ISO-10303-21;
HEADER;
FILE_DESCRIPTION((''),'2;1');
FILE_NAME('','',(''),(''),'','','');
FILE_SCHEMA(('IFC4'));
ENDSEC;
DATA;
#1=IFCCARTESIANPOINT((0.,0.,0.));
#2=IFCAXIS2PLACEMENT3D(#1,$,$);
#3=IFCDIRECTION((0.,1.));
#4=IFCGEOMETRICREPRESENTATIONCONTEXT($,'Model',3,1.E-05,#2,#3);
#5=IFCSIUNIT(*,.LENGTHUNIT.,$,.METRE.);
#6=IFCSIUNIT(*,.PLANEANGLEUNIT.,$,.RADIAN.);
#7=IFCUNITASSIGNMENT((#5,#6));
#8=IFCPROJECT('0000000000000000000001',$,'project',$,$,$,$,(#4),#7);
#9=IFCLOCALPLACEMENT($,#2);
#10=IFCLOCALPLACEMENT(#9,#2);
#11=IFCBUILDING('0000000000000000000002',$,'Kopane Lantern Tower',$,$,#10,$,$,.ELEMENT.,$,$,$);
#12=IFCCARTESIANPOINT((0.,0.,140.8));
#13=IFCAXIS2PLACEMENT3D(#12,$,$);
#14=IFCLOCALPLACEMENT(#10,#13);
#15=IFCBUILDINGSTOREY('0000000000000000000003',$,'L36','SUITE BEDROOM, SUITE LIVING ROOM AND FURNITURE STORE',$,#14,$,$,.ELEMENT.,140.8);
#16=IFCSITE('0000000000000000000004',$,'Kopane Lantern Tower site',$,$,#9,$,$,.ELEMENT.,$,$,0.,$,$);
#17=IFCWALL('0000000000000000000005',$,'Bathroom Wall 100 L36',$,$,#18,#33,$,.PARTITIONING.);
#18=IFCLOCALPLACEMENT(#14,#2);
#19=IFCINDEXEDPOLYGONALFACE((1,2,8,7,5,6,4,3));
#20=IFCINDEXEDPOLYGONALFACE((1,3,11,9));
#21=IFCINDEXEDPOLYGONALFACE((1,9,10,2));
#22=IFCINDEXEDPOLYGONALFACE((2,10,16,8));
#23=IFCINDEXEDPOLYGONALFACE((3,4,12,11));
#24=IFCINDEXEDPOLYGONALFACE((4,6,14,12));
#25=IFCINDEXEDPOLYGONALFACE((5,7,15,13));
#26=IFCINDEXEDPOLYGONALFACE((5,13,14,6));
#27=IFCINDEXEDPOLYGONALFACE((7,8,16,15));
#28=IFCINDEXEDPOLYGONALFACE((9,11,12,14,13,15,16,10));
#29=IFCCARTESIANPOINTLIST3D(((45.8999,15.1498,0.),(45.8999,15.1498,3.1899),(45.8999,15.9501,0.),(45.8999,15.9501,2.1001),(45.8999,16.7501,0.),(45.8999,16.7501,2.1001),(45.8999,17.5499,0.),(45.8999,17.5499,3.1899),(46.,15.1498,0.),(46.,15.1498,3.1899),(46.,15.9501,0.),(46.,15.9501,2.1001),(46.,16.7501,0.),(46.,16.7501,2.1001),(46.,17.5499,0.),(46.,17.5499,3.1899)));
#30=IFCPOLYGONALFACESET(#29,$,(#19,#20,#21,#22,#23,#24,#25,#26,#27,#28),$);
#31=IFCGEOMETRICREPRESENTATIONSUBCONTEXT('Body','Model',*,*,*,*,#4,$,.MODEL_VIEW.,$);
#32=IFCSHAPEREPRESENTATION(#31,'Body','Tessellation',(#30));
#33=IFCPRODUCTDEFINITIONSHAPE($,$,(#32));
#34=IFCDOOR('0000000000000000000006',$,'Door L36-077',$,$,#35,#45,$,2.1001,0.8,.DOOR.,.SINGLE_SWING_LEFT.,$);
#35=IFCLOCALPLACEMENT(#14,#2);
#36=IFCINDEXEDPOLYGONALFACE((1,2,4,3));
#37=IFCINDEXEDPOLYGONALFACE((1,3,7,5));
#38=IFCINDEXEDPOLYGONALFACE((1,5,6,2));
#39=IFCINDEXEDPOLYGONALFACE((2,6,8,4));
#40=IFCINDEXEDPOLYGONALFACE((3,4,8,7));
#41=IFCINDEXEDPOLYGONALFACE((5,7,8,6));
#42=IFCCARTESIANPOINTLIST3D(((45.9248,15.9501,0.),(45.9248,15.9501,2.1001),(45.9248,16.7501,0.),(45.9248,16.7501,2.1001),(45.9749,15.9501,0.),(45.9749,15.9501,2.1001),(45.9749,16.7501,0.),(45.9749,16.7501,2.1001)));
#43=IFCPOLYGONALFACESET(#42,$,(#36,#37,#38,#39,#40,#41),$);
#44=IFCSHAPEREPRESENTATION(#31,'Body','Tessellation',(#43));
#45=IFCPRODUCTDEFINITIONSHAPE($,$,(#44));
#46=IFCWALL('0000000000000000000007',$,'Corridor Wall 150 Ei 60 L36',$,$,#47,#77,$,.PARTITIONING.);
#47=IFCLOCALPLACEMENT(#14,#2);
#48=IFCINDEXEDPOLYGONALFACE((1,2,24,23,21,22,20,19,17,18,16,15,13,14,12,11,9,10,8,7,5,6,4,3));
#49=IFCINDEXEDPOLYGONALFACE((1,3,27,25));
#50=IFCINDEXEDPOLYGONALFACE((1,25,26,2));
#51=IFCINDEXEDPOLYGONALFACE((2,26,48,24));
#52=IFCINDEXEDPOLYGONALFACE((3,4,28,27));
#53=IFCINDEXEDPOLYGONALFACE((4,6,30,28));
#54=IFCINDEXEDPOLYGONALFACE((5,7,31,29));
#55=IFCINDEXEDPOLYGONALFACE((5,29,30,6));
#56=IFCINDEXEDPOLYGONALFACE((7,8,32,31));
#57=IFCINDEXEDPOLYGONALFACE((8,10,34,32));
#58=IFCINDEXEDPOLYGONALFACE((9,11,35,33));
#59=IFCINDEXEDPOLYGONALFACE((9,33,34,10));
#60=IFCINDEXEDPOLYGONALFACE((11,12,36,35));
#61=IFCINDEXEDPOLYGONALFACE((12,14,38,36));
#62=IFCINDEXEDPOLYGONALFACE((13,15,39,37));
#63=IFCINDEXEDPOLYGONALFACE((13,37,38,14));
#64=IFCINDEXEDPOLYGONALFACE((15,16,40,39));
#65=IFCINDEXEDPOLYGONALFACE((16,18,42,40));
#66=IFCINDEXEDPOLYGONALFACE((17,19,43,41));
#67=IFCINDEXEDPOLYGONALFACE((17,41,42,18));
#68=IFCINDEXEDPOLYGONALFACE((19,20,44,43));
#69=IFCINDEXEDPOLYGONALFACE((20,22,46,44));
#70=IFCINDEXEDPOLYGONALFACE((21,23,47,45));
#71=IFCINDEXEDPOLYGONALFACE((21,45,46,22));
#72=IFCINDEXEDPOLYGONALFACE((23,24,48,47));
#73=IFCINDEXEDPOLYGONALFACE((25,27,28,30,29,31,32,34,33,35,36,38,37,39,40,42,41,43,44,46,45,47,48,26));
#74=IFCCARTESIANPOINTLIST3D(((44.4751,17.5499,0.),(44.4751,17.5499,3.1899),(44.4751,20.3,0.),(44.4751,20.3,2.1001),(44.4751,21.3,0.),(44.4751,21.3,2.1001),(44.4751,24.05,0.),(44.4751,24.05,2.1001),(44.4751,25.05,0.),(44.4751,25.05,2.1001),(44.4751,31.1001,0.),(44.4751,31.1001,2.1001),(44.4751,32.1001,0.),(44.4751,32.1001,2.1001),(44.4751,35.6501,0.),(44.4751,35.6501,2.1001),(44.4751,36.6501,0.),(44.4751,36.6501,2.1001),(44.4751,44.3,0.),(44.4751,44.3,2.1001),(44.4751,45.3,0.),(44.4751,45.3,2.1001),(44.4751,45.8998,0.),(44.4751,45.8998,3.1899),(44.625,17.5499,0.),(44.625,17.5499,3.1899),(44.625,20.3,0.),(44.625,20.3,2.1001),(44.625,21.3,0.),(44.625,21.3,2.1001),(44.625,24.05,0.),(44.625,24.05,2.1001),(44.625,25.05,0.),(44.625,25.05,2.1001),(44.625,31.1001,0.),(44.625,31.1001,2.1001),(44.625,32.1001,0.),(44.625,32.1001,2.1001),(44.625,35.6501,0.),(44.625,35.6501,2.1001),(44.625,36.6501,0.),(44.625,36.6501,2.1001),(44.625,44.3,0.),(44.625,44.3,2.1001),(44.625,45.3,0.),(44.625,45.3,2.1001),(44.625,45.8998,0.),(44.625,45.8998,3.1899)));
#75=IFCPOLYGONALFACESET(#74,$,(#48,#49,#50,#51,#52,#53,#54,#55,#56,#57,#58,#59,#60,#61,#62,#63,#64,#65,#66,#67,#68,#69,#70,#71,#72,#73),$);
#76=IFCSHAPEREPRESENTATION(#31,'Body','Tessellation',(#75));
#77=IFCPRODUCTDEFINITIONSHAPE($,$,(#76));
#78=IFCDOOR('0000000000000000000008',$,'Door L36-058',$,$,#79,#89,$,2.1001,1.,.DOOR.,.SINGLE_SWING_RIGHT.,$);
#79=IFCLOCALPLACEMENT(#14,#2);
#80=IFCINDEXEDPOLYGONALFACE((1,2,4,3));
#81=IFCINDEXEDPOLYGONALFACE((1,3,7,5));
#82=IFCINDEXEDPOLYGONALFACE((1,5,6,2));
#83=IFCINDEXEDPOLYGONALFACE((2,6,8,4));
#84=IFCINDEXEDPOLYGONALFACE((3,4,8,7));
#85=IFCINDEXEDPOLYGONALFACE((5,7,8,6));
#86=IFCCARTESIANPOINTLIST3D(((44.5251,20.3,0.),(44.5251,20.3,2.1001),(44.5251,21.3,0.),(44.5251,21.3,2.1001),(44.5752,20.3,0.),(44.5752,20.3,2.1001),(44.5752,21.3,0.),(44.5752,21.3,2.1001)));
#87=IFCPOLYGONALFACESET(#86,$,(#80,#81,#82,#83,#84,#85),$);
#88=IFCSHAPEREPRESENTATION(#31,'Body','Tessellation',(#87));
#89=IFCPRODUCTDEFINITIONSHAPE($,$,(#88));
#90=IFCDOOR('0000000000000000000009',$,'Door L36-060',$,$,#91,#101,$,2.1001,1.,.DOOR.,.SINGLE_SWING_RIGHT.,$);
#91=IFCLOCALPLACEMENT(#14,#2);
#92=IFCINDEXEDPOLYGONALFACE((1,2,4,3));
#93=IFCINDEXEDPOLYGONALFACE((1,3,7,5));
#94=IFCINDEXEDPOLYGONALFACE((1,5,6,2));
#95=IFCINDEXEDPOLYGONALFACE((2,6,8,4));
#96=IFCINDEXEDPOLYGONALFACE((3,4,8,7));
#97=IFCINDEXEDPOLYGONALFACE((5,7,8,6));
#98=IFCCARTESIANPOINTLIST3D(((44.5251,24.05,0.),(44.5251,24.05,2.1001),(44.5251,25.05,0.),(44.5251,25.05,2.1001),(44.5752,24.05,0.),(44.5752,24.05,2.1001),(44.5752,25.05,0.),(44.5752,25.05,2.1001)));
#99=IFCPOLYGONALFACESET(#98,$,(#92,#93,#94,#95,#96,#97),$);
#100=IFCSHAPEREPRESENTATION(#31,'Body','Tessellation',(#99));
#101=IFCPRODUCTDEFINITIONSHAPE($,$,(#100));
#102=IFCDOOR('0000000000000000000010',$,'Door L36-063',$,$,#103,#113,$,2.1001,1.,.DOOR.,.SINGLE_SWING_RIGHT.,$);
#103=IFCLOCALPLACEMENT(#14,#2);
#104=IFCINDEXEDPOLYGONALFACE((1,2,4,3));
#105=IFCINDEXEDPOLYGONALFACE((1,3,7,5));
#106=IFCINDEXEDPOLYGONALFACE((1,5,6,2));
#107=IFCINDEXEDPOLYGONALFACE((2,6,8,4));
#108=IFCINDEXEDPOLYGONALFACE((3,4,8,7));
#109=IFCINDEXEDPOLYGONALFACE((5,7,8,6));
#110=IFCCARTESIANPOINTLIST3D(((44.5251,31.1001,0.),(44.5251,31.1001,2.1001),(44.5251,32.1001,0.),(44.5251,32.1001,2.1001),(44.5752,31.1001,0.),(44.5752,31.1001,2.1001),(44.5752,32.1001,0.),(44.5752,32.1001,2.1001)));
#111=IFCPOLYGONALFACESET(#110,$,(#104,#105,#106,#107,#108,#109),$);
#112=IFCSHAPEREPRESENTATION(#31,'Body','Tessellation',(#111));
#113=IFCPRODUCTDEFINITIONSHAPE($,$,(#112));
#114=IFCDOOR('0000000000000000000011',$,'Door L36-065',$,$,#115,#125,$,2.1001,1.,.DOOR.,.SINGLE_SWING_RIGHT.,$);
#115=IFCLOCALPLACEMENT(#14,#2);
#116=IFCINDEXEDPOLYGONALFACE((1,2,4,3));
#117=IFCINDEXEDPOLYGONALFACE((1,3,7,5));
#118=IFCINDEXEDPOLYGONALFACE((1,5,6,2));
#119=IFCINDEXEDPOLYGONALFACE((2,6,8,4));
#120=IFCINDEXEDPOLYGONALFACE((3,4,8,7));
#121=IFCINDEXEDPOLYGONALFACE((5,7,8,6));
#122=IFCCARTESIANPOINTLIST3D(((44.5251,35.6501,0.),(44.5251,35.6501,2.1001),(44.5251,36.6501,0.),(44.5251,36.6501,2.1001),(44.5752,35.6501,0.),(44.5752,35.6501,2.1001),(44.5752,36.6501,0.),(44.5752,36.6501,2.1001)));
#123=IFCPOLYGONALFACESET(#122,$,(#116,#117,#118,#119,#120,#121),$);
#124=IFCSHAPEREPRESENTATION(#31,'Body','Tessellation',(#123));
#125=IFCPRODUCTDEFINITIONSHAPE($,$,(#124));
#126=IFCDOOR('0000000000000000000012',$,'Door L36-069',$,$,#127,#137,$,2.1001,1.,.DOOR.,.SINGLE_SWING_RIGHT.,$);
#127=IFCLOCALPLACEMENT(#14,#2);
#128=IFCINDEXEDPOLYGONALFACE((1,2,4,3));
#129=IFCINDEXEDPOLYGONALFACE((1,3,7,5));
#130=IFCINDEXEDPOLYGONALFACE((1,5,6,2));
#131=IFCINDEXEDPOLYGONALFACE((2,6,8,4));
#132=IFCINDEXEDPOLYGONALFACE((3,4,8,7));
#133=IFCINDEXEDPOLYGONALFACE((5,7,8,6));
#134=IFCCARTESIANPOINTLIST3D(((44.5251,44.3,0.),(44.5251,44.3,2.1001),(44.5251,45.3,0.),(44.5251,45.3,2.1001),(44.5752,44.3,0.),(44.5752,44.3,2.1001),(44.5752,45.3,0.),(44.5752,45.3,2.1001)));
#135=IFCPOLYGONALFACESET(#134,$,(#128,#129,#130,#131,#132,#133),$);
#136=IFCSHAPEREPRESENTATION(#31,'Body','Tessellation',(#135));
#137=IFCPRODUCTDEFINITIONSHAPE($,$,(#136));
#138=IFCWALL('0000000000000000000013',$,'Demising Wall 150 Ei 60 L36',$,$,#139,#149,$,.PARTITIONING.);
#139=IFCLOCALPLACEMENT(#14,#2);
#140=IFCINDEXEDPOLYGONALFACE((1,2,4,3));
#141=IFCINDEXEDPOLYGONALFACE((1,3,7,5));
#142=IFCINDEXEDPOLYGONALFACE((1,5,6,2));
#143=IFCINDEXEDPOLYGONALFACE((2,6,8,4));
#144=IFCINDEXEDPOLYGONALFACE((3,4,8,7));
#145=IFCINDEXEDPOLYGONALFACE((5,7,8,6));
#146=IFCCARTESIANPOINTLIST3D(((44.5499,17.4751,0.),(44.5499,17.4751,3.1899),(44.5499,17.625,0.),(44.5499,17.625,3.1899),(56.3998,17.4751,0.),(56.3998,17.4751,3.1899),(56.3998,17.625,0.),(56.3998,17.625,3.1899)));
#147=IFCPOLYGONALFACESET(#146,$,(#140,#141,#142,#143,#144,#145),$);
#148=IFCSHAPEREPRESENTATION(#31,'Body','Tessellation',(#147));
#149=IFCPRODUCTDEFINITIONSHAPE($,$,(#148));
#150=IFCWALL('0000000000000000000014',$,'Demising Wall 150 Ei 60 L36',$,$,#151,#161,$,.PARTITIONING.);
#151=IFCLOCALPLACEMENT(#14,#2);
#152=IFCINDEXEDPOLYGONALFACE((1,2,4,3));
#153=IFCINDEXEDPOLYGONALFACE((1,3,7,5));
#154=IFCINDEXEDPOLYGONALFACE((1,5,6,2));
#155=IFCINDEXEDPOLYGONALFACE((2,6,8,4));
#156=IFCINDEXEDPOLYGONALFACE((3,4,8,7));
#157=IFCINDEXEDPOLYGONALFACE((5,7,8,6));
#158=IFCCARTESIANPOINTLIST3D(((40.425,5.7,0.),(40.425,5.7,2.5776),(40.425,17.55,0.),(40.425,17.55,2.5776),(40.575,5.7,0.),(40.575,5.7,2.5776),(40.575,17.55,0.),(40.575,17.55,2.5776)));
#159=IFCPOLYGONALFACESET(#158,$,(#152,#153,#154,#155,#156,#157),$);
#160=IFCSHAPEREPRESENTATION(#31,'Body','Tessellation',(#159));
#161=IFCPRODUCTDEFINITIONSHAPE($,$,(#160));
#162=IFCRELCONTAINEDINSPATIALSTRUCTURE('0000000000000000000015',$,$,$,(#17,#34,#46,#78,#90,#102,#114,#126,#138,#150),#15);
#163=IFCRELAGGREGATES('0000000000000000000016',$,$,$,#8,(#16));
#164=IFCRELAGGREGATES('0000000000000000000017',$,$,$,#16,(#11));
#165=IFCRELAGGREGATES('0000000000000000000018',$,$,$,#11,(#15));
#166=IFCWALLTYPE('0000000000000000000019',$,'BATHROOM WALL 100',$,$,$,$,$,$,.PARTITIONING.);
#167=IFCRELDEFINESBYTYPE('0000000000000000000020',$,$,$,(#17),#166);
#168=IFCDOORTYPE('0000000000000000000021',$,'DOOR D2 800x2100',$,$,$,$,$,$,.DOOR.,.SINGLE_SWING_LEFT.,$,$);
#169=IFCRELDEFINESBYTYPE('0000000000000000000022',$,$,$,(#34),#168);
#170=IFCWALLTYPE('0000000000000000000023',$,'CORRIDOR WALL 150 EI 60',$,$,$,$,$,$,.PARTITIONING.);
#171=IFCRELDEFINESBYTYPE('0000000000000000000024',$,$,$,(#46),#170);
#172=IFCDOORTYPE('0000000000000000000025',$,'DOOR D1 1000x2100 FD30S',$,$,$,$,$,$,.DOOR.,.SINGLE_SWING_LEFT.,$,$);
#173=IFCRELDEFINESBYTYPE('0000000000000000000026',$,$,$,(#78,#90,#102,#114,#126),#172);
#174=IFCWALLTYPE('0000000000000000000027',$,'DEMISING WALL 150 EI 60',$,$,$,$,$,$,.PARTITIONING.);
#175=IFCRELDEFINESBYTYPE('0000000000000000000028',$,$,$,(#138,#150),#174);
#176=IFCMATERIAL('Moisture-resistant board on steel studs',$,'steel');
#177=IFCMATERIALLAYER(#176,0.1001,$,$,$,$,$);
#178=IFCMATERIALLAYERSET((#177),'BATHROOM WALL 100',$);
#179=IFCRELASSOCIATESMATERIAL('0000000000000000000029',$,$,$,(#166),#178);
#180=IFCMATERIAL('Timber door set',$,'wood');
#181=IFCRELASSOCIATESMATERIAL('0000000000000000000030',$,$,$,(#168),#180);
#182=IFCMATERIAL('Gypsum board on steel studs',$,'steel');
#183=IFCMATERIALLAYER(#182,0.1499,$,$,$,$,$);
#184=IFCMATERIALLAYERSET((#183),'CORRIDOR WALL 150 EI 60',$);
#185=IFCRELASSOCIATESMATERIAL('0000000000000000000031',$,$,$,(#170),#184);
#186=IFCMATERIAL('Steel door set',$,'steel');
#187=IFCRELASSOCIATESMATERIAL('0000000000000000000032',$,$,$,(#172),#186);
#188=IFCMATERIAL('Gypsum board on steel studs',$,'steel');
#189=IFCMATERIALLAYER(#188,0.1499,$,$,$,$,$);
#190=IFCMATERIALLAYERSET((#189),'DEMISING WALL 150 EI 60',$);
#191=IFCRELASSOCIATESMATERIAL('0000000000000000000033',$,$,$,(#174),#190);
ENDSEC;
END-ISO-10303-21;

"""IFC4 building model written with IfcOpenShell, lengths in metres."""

from ifc_helpers import new_model, si_unit, direction, frame, frame_2d, origin, place, context, subcontext, project, spatial, rectangle, extrude, material, layer, layer_set, type_object, element, fill, save


model = new_model("IFC4")

# Units and contexts
model_context = context("Model", 3, precision=1e-05, world=origin(), true_north=direction((0.0, 1.0)))
body_context = subcontext(model_context, "Body", "Model", "MODEL_VIEW")
ifc_project = project(units=[si_unit("LENGTHUNIT", "METRE"), si_unit("PLANEANGLEUNIT", "RADIAN")], contexts=[model_context])

# Site, building, storey
site_placement = place(None, origin())
site = spatial("IfcSite", under=ifc_project, at=site_placement, Name="Kopane Lantern Tower site", CompositionType="ELEMENT", RefElevation=0.0)
building_placement = place(site_placement, origin())
building = spatial("IfcBuilding", under=site, at=building_placement, Name="Kopane Lantern Tower", CompositionType="ELEMENT")
storey_placement = place(building_placement, frame((0.0, 0.0, 140.8)))
storey = spatial("IfcBuildingStorey", under=building, at=storey_placement, Name="L36", Description="SUITE BEDROOM, SUITE LIVING ROOM AND FURNITURE STORE", CompositionType="ELEMENT", Elevation=140.8)

# Shared definitions
ifc_material_1 = material(Name="Moisture-resistant board on steel studs", Category="steel")
ifc_layer_1 = layer(ifc_material_1, 0.1001)
ifc_layer_set_1 = layer_set([ifc_layer_1], Name="BATHROOM WALL 100")
wall_type_1 = type_object("IfcWallType", Name="BATHROOM WALL 100", PredefinedType="PARTITIONING", material=ifc_layer_set_1)

# Wall, opening, door
wall_1_placement = place(storey_placement, frame((45.95, 17.55, 0.0), z_axis=(0.0, 0.0, 1.0), x_axis=(0.0, -1.0, 0.0)))
wall_1 = element("IfcWall", 1, at=wall_1_placement, inside=storey, type_object=wall_type_1, Name="Bathroom Wall 100 L36", PredefinedType="PARTITIONING", context=body_context, shape_type="SweptSolid", body=[
    extrude(rectangle(XDim=2.4001, YDim=0.1001, at=frame_2d((1.2002, 0.0))), origin(), (0.0, 0.0, 1.0), 3.1899),
])
opening_1_placement = place(wall_1_placement, frame((0.8, 0.0, 0.0)))
opening_1 = element("IfcOpeningElement", 2, at=opening_1_placement, cuts=wall_1, PredefinedType="OPENING", context=body_context, shape_type="SweptSolid", body=[
    extrude(rectangle(XDim=0.8, YDim=2.1001, at=frame_2d((0.3999, 1.05))), frame((0.0, 0.0601, 0.0), z_axis=(0.0, -1.0, 0.0), x_axis=(1.0, 0.0, 0.0)), (0.0, 0.0, 1.0), 0.1201),
])
ifc_material_2 = material(Name="Timber door set", Category="wood")
door_type_1 = type_object("IfcDoorType", Name="DOOR D2 800x2100", OperationType="SINGLE_SWING_LEFT", PredefinedType="DOOR", material=ifc_material_2)
door_1_placement = place(opening_1_placement, origin())
door_1 = element("IfcDoor", 3, at=door_1_placement, inside=storey, type_object=door_type_1, Name="Door L36-077", OperationType="SINGLE_SWING_LEFT", OverallHeight=2.1001, OverallWidth=0.8, PredefinedType="DOOR", context=body_context, shape_type="SweptSolid", body=[
    extrude(rectangle(XDim=0.8, YDim=2.1001, at=frame_2d((0.3999, 1.05))), frame((0.0, 0.0249, 0.0), z_axis=(0.0, -1.0, 0.0), x_axis=(1.0, 0.0, 0.0)), (0.0, 0.0, 1.0), 0.05),
])
fill(opening_1, door_1)

# Wall, openings, doors
ifc_material_3 = material(Name="Gypsum board on steel studs", Category="steel")
ifc_layer_2 = layer(ifc_material_3, 0.1499)
ifc_layer_set_2 = layer_set([ifc_layer_2], Name="CORRIDOR WALL 150 EI 60")
wall_type_2 = type_object("IfcWallType", Name="CORRIDOR WALL 150 EI 60", PredefinedType="PARTITIONING", material=ifc_layer_set_2)
wall_2_placement = place(storey_placement, frame((44.55, 17.55, 0.0), z_axis=(0.0, 0.0, 1.0), x_axis=(0.0, 1.0, 0.0)))
wall_2 = element("IfcWall", 4, at=wall_2_placement, inside=storey, type_object=wall_type_2, Name="Corridor Wall 150 Ei 60 L36", PredefinedType="PARTITIONING", context=body_context, shape_type="SweptSolid", body=[
    extrude(rectangle(XDim=28.3499, YDim=0.1499, at=frame_2d((14.1748, 0.0))), origin(), (0.0, 0.0, 1.0), 3.1899),
])
opening_2_placement = place(wall_2_placement, frame((2.75, 0.0, 0.0)))
opening_2 = element("IfcOpeningElement", 5, at=opening_2_placement, cuts=wall_2, PredefinedType="OPENING", context=body_context, shape_type="SweptSolid", body=[
    extrude(rectangle(XDim=1.0, YDim=2.1001, at=frame_2d((0.5, 1.05))), frame((0.0, 0.085, 0.0), z_axis=(0.0, -1.0, 0.0), x_axis=(1.0, 0.0, 0.0)), (0.0, 0.0, 1.0), 0.1699),
])
opening_3_placement = place(wall_2_placement, frame((6.5, 0.0, 0.0)))
opening_3 = element("IfcOpeningElement", 6, at=opening_3_placement, cuts=wall_2, PredefinedType="OPENING", context=body_context, shape_type="SweptSolid", body=[
    extrude(rectangle(XDim=1.0, YDim=2.1001, at=frame_2d((0.5, 1.05))), frame((0.0, 0.085, 0.0), z_axis=(0.0, -1.0, 0.0), x_axis=(1.0, 0.0, 0.0)), (0.0, 0.0, 1.0), 0.1699),
])
opening_4_placement = place(wall_2_placement, frame((13.55, 0.0, 0.0)))
opening_4 = element("IfcOpeningElement", 7, at=opening_4_placement, cuts=wall_2, PredefinedType="OPENING", context=body_context, shape_type="SweptSolid", body=[
    extrude(rectangle(XDim=1.0, YDim=2.1001, at=frame_2d((0.5, 1.05))), frame((0.0, 0.085, 0.0), z_axis=(0.0, -1.0, 0.0), x_axis=(1.0, 0.0, 0.0)), (0.0, 0.0, 1.0), 0.1699),
])
opening_5_placement = place(wall_2_placement, frame((18.1001, 0.0, 0.0)))
opening_5 = element("IfcOpeningElement", 8, at=opening_5_placement, cuts=wall_2, PredefinedType="OPENING", context=body_context, shape_type="SweptSolid", body=[
    extrude(rectangle(XDim=1.0, YDim=2.1001, at=frame_2d((0.5, 1.05))), frame((0.0, 0.085, 0.0), z_axis=(0.0, -1.0, 0.0), x_axis=(1.0, 0.0, 0.0)), (0.0, 0.0, 1.0), 0.1699),
])
opening_6_placement = place(wall_2_placement, frame((26.75, 0.0, 0.0)))
opening_6 = element("IfcOpeningElement", 9, at=opening_6_placement, cuts=wall_2, PredefinedType="OPENING", context=body_context, shape_type="SweptSolid", body=[
    extrude(rectangle(XDim=1.0, YDim=2.1001, at=frame_2d((0.5, 1.05))), frame((0.0, 0.085, 0.0), z_axis=(0.0, -1.0, 0.0), x_axis=(1.0, 0.0, 0.0)), (0.0, 0.0, 1.0), 0.1699),
])
ifc_material_4 = material(Name="Steel door set", Category="steel")
door_type_2 = type_object("IfcDoorType", Name="DOOR D1 1000x2100 FD30S", OperationType="SINGLE_SWING_LEFT", PredefinedType="DOOR", material=ifc_material_4)
door_2_placement = place(opening_2_placement, origin())
door_2 = element("IfcDoor", 10, at=door_2_placement, inside=storey, type_object=door_type_2, Name="Door L36-058", OperationType="SINGLE_SWING_RIGHT", OverallHeight=2.1001, OverallWidth=1.0, PredefinedType="DOOR", context=body_context, shape_type="SweptSolid", body=[
    extrude(rectangle(XDim=1.0, YDim=2.1001, at=frame_2d((0.5, 1.05))), frame((0.0, 0.0249, 0.0), z_axis=(0.0, -1.0, 0.0), x_axis=(1.0, 0.0, 0.0)), (0.0, 0.0, 1.0), 0.05),
])
fill(opening_2, door_2)
door_3_placement = place(opening_3_placement, origin())
door_3 = element("IfcDoor", 11, at=door_3_placement, inside=storey, type_object=door_type_2, Name="Door L36-060", OperationType="SINGLE_SWING_RIGHT", OverallHeight=2.1001, OverallWidth=1.0, PredefinedType="DOOR", context=body_context, shape_type="SweptSolid", body=[
    extrude(rectangle(XDim=1.0, YDim=2.1001, at=frame_2d((0.5, 1.05))), frame((0.0, 0.0249, 0.0), z_axis=(0.0, -1.0, 0.0), x_axis=(1.0, 0.0, 0.0)), (0.0, 0.0, 1.0), 0.05),
])
fill(opening_3, door_3)
door_4_placement = place(opening_4_placement, origin())
door_4 = element("IfcDoor", 12, at=door_4_placement, inside=storey, type_object=door_type_2, Name="Door L36-063", OperationType="SINGLE_SWING_RIGHT", OverallHeight=2.1001, OverallWidth=1.0, PredefinedType="DOOR", context=body_context, shape_type="SweptSolid", body=[
    extrude(rectangle(XDim=1.0, YDim=2.1001, at=frame_2d((0.5, 1.05))), frame((0.0, 0.0249, 0.0), z_axis=(0.0, -1.0, 0.0), x_axis=(1.0, 0.0, 0.0)), (0.0, 0.0, 1.0), 0.05),
])
fill(opening_4, door_4)
door_5_placement = place(opening_5_placement, origin())
door_5 = element("IfcDoor", 13, at=door_5_placement, inside=storey, type_object=door_type_2, Name="Door L36-065", OperationType="SINGLE_SWING_RIGHT", OverallHeight=2.1001, OverallWidth=1.0, PredefinedType="DOOR", context=body_context, shape_type="SweptSolid", body=[
    extrude(rectangle(XDim=1.0, YDim=2.1001, at=frame_2d((0.5, 1.05))), frame((0.0, 0.0249, 0.0), z_axis=(0.0, -1.0, 0.0), x_axis=(1.0, 0.0, 0.0)), (0.0, 0.0, 1.0), 0.05),
])
fill(opening_5, door_5)
door_6_placement = place(opening_6_placement, origin())
door_6 = element("IfcDoor", 14, at=door_6_placement, inside=storey, type_object=door_type_2, Name="Door L36-069", OperationType="SINGLE_SWING_RIGHT", OverallHeight=2.1001, OverallWidth=1.0, PredefinedType="DOOR", context=body_context, shape_type="SweptSolid", body=[
    extrude(rectangle(XDim=1.0, YDim=2.1001, at=frame_2d((0.5, 1.05))), frame((0.0, 0.0249, 0.0), z_axis=(0.0, -1.0, 0.0), x_axis=(1.0, 0.0, 0.0)), (0.0, 0.0, 1.0), 0.05),
])
fill(opening_6, door_6)

# Walls
ifc_material_5 = material(Name="Gypsum board on steel studs", Category="steel")
ifc_layer_3 = layer(ifc_material_5, 0.1499)
ifc_layer_set_3 = layer_set([ifc_layer_3], Name="DEMISING WALL 150 EI 60")
wall_type_3 = type_object("IfcWallType", Name="DEMISING WALL 150 EI 60", PredefinedType="PARTITIONING", material=ifc_layer_set_3)
wall_3_placement = place(storey_placement, frame((44.55, 17.55, 0.0), z_axis=(0.0, 0.0, 1.0), x_axis=(1.0, 0.0, 0.0)))
element("IfcWall", 15, at=wall_3_placement, inside=storey, type_object=wall_type_3, Name="Demising Wall 150 Ei 60 L36", PredefinedType="PARTITIONING", context=body_context, shape_type="SweptSolid", body=[
    extrude(rectangle(XDim=11.8499, YDim=0.1499, at=frame_2d((5.9248, 0.0))), origin(), (0.0, 0.0, 1.0), 3.1899),
])
wall_4_placement = place(storey_placement, frame((40.5, 17.55, 0.0), z_axis=(0.0, 0.0, 1.0), x_axis=(0.0, -1.0, 0.0)))
element("IfcWall", 16, at=wall_4_placement, inside=storey, type_object=wall_type_3, Name="Demising Wall 150 Ei 60 L36", PredefinedType="PARTITIONING", context=body_context, shape_type="SweptSolid", body=[
    extrude(rectangle(XDim=11.8501, YDim=0.1499, at=frame_2d((5.925, 0.0))), origin(), (0.0, 0.0, 1.0), 2.5776),
])

save(model, "model.ifc")
